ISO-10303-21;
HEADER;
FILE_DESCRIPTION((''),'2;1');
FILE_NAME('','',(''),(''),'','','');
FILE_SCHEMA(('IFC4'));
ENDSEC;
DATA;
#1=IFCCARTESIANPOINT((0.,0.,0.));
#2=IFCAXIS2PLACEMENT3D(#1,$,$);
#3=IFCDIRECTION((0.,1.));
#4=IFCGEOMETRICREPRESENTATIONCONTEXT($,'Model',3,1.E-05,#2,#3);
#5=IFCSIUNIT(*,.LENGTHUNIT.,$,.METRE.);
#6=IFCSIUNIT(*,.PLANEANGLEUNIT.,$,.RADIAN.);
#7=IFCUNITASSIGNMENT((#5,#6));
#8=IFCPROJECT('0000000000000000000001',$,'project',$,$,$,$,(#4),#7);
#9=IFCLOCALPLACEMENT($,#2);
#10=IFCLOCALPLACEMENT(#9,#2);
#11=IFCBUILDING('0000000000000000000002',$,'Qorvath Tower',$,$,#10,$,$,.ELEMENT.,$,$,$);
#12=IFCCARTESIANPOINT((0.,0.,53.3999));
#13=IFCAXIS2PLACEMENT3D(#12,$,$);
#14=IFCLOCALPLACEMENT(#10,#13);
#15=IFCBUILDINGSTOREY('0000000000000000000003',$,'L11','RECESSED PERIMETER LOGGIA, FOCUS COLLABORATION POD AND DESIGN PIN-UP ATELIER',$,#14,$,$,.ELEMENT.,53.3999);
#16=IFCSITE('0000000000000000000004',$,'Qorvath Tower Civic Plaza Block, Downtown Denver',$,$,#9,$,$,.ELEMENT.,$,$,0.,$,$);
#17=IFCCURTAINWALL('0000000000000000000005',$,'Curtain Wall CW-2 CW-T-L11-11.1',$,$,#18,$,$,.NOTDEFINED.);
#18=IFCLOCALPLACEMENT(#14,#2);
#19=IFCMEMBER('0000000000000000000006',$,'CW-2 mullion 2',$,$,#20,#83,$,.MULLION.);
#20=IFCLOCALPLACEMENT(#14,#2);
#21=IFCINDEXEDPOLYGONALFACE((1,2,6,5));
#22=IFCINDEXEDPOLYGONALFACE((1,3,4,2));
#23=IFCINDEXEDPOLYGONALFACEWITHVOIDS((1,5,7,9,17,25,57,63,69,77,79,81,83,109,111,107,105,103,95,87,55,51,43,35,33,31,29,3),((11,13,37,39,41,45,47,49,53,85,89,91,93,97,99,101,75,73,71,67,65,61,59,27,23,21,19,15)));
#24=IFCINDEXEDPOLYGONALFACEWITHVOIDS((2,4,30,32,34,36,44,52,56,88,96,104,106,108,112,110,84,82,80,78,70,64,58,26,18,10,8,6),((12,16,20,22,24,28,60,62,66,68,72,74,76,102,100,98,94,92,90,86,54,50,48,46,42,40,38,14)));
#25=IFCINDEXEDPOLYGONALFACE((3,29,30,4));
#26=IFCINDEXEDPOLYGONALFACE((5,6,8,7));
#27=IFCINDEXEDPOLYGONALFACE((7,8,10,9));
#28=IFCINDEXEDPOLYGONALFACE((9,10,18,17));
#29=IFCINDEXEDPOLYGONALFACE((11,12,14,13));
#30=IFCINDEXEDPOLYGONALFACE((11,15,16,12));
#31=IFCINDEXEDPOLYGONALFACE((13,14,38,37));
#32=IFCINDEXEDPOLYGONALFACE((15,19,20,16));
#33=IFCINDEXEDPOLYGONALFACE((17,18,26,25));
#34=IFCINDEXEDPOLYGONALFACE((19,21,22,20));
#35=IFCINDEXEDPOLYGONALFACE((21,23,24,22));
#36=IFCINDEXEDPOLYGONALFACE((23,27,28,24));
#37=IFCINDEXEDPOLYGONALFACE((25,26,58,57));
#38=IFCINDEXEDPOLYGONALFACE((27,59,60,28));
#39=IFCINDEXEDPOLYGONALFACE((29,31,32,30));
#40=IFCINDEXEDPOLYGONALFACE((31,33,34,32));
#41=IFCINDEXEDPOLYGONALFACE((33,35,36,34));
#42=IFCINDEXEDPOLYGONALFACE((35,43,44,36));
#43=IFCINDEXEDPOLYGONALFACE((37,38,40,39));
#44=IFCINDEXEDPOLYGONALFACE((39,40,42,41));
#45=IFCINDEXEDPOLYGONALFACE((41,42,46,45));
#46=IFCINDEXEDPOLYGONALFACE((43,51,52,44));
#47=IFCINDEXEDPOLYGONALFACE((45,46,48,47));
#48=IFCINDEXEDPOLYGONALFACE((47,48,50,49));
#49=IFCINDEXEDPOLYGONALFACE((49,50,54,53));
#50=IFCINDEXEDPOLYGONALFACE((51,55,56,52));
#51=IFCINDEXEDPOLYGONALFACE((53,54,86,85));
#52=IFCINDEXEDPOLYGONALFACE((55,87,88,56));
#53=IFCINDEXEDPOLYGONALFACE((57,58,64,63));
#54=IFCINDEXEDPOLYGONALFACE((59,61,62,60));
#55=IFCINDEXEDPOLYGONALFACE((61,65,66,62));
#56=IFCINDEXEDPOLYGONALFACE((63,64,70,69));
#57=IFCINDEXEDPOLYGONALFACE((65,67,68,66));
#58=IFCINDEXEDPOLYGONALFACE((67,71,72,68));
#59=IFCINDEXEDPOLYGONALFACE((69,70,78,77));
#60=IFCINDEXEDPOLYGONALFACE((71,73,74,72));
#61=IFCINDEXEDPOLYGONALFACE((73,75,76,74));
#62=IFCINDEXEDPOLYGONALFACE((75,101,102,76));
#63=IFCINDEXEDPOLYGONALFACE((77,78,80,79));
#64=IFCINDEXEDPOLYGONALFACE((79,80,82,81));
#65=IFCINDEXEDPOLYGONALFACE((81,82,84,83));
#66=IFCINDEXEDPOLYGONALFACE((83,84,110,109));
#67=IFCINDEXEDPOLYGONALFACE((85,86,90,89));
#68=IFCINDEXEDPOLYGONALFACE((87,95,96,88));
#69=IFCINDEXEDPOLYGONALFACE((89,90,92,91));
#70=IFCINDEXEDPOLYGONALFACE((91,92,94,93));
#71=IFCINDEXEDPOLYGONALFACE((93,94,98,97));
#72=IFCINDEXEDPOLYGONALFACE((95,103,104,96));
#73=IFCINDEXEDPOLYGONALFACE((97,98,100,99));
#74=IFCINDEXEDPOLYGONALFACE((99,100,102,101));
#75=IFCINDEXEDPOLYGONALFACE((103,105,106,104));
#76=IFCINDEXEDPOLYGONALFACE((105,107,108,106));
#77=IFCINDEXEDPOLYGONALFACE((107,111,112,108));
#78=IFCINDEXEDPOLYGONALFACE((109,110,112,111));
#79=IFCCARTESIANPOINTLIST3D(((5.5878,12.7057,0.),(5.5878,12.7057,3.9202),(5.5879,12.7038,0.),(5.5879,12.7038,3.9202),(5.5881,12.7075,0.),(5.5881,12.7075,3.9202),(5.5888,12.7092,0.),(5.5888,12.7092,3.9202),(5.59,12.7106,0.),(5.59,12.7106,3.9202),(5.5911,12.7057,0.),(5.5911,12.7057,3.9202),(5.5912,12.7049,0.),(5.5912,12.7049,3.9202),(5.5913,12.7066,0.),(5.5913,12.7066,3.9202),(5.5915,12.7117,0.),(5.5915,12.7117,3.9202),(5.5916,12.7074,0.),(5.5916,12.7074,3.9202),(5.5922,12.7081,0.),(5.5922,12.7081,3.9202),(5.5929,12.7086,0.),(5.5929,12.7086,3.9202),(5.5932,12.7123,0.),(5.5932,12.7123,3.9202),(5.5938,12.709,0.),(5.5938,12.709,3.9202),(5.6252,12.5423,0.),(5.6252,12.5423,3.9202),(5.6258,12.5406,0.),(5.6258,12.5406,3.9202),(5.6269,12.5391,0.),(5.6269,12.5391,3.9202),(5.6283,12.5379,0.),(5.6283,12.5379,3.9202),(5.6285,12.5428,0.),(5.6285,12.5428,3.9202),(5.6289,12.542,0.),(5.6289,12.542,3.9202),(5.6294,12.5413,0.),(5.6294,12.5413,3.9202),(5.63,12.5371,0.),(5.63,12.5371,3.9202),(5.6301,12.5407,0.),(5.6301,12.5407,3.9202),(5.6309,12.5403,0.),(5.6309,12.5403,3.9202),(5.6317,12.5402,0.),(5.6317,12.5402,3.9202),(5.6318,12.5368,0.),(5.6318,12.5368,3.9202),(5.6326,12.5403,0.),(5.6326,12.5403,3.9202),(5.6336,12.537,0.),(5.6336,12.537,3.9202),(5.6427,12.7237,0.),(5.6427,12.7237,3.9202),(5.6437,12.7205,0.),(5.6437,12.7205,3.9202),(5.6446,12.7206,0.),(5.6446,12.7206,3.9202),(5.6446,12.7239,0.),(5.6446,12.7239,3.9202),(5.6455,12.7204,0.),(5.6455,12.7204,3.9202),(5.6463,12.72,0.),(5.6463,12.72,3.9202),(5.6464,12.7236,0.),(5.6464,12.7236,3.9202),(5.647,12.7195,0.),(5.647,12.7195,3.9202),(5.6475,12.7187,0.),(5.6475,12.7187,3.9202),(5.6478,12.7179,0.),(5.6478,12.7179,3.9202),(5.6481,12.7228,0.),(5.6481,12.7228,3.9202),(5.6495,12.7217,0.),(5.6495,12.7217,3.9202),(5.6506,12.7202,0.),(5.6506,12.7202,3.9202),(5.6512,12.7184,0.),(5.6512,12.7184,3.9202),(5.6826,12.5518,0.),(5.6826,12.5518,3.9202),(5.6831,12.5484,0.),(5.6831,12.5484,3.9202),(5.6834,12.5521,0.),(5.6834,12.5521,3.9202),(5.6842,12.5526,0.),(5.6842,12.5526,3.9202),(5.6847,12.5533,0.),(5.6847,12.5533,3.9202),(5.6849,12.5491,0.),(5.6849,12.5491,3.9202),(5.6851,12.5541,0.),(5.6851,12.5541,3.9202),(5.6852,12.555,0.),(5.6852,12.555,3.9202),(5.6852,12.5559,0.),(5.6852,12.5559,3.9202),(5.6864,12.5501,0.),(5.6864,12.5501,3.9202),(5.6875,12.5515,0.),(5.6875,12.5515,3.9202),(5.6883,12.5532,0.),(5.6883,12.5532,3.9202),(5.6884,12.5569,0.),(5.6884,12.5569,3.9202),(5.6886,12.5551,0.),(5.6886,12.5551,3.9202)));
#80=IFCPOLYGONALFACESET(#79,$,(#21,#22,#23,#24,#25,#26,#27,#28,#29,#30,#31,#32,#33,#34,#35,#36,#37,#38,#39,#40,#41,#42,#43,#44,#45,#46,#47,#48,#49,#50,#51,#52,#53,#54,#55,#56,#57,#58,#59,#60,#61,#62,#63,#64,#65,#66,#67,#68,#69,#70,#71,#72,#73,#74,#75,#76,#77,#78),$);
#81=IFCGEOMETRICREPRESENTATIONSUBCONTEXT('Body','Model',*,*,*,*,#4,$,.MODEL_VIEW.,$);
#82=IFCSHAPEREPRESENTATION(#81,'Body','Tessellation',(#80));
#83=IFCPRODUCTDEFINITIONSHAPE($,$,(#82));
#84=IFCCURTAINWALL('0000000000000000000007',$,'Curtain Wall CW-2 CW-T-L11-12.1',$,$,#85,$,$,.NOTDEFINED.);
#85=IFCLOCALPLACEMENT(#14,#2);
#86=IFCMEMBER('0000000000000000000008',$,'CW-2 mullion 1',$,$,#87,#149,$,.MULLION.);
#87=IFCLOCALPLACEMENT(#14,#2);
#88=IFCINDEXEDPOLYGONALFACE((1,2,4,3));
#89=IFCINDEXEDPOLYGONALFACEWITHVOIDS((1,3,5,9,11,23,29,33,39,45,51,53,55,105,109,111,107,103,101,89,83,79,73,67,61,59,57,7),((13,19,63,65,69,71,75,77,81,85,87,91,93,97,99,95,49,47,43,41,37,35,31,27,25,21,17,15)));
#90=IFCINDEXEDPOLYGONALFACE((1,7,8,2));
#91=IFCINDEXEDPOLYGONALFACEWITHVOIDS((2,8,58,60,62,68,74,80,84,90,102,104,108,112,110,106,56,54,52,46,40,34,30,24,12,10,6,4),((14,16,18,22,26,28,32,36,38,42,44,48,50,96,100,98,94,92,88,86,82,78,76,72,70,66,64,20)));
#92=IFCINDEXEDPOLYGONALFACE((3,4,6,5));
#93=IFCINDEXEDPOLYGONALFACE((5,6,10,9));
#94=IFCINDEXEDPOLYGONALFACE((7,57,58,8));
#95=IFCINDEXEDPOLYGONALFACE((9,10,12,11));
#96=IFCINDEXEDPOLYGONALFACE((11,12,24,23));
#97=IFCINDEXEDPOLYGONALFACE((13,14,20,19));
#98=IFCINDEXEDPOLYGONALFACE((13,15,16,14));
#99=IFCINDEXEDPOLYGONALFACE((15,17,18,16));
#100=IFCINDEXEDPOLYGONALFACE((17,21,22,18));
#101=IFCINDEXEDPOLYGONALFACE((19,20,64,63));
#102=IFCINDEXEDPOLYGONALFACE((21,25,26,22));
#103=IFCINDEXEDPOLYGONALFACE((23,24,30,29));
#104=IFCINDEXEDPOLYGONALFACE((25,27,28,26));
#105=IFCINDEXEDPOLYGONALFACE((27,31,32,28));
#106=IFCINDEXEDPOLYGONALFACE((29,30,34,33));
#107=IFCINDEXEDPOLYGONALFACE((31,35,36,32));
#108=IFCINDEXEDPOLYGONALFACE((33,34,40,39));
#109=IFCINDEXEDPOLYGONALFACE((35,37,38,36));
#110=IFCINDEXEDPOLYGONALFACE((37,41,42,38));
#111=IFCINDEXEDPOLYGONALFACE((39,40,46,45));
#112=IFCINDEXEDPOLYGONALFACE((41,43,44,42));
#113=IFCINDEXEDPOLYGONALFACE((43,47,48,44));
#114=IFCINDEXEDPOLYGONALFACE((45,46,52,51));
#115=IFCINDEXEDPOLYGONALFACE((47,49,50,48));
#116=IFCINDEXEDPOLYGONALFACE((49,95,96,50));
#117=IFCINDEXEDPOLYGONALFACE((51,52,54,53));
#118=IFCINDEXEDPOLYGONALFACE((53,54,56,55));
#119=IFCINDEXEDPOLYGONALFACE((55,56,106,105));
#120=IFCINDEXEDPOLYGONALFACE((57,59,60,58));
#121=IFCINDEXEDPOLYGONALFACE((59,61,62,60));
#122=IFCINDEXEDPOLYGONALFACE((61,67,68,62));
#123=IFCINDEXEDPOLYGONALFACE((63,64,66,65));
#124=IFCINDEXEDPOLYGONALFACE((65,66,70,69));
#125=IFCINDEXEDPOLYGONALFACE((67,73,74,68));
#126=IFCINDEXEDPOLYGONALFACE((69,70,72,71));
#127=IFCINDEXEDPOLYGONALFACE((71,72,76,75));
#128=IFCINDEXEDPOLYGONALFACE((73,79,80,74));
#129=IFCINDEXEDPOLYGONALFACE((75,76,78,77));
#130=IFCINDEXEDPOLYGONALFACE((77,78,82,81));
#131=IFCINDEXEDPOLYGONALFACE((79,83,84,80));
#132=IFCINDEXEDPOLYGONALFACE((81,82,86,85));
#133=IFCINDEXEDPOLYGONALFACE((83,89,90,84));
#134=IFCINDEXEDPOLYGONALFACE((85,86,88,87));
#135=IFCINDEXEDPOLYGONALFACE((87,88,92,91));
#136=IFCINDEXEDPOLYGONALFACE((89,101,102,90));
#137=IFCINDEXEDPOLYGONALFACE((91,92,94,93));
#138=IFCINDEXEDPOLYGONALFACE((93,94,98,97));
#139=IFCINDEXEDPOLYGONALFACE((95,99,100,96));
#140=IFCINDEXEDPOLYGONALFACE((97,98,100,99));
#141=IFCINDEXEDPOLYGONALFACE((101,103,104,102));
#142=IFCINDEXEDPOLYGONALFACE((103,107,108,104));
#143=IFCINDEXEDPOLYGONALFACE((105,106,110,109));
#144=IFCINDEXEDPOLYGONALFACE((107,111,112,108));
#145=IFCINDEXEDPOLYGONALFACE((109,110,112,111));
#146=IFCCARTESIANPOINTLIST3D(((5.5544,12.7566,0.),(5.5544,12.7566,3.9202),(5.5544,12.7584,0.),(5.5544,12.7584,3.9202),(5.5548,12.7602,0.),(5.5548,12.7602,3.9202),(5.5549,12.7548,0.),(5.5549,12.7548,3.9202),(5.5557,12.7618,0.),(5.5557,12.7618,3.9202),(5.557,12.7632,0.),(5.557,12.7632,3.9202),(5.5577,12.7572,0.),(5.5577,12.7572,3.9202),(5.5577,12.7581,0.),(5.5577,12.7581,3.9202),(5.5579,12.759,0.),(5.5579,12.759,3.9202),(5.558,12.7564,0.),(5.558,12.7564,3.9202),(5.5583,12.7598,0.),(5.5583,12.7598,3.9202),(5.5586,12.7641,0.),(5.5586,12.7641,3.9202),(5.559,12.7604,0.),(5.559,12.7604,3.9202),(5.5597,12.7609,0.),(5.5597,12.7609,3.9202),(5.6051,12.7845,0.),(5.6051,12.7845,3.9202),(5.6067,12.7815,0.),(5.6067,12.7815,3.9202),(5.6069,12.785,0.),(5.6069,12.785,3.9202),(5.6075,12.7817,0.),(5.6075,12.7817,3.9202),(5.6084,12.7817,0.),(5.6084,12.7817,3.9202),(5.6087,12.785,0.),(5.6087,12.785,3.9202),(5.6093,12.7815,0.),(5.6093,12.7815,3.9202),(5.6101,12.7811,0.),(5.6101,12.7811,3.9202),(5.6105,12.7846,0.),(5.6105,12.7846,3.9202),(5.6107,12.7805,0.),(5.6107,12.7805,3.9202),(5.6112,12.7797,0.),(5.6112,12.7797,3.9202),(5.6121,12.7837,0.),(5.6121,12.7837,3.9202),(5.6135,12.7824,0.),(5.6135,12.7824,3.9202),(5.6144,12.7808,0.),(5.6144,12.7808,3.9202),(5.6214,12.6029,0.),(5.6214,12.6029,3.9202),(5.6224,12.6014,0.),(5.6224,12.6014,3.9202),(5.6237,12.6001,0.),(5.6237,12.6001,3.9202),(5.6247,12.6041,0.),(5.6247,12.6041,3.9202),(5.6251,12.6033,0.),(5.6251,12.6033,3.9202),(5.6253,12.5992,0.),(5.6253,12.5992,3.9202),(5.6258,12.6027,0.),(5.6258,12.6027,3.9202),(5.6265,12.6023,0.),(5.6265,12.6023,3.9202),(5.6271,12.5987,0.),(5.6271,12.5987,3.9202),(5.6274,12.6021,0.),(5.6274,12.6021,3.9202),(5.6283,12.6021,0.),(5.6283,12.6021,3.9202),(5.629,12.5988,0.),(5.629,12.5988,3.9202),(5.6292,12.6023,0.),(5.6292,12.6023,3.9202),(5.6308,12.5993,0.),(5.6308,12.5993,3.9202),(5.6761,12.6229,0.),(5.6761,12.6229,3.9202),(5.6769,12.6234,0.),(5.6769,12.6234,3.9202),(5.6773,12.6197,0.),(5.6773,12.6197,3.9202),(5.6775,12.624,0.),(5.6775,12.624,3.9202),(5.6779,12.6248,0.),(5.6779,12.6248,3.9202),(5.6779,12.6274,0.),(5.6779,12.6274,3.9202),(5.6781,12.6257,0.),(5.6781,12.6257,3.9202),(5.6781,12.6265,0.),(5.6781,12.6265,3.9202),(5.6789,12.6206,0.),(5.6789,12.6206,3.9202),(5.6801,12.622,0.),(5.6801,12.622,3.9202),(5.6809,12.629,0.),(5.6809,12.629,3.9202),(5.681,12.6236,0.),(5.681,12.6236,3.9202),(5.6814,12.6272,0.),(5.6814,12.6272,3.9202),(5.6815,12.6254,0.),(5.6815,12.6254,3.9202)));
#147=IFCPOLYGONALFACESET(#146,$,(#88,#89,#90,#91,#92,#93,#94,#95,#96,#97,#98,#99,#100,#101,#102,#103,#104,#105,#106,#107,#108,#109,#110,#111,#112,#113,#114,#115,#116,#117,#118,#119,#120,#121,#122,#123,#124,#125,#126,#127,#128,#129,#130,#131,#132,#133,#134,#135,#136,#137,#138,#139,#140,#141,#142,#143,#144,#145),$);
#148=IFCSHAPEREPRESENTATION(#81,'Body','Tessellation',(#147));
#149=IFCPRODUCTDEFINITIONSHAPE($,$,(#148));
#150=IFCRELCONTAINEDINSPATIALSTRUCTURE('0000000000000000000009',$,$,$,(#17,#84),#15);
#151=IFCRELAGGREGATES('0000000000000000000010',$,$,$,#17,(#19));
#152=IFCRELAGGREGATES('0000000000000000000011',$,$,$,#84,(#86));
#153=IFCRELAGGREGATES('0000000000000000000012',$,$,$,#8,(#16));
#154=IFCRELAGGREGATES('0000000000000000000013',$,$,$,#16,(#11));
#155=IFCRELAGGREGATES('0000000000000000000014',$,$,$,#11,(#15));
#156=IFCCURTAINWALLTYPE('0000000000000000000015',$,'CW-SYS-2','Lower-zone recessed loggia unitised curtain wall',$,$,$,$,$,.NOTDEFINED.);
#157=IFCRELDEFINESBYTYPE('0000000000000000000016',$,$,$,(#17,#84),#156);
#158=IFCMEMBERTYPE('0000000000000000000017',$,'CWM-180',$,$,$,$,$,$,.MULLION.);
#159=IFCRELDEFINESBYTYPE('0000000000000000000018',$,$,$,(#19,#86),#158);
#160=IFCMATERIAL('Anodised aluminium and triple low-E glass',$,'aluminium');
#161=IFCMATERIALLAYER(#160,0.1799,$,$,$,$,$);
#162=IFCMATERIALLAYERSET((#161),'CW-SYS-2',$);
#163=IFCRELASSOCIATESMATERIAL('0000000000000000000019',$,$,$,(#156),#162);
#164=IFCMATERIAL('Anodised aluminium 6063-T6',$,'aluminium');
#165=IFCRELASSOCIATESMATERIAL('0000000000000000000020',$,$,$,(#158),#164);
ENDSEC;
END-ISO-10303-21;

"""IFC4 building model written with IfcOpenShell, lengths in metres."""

from ifc_helpers import new_model, si_unit, direction, frame, origin, origin_2d, place, context, subcontext, project, spatial, hollow_rectangle, extrude, material, layer, layer_set, material_profile, profile_set, type_object, element, aggregate, save


model = new_model("IFC4")

# Units and contexts
model_context = context("Model", 3, precision=1e-05, world=origin(), true_north=direction((0.0, 1.0)))
body_context = subcontext(model_context, "Body", "Model", "MODEL_VIEW")
ifc_project = project(units=[si_unit("LENGTHUNIT", "METRE"), si_unit("PLANEANGLEUNIT", "RADIAN")], contexts=[model_context])

# Site, building, storey
site_placement = place(None, origin())
site = spatial("IfcSite", under=ifc_project, at=site_placement, Name="Qorvath Tower Civic Plaza Block, Downtown Denver", CompositionType="ELEMENT", RefElevation=0.0)
building_placement = place(site_placement, origin())
building = spatial("IfcBuilding", under=site, at=building_placement, Name="Qorvath Tower", CompositionType="ELEMENT")
storey_placement = place(building_placement, frame((0.0, 0.0, 53.3999)))
storey = spatial("IfcBuildingStorey", under=building, at=storey_placement, Name="L11", Description="RECESSED PERIMETER LOGGIA, FOCUS COLLABORATION POD AND DESIGN PIN-UP ATELIER", CompositionType="ELEMENT", Elevation=53.3999)

# Curtain walls, members
ifc_material_1 = material(Name="Anodised aluminium and triple low-E glass", Category="aluminium")
ifc_layer_1 = layer(ifc_material_1, 0.1799)
ifc_layer_set_1 = layer_set([ifc_layer_1], Name="CW-SYS-2")
curtain_wall_type = type_object("IfcCurtainWallType", Name="CW-SYS-2", Description="Lower-zone recessed loggia unitised curtain wall", PredefinedType="NOTDEFINED", material=ifc_layer_set_1)
ifc_material_2 = material(Name="Anodised aluminium 6063-T6", Category="aluminium")
ifc_material_profile_1 = material_profile(ifc_material_2, hollow_rectangle(XDim=0.0649, YDim=0.1799, WallThickness=0.0034, InnerFilletRadius=0.0034, OuterFilletRadius=0.0071, at=origin_2d()), Name="CWM 180x65")
ifc_profile_set_1 = profile_set([ifc_material_profile_1], Name="Anodised aluminium 6063-T6")
member_type_1 = type_object("IfcMemberType", Name="CWM-180", PredefinedType="MULLION", material=ifc_profile_set_1)
curtain_wall_1_placement = place(storey_placement, origin())
curtain_wall_1 = element("IfcCurtainWall", 1, at=curtain_wall_1_placement, inside=storey, type_object=curtain_wall_type, Name="Curtain Wall CW-2 CW-T-L11-11.1", PredefinedType="NOTDEFINED")
member_1_placement = place(storey_placement, frame((5.6382, 12.6304, 0.0), z_axis=(0.0, 0.0, 1.0), x_axis=(-0.974466, -0.224535, 0.0)))
member_1 = element("IfcMember", 2, at=member_1_placement, type_object=member_type_1, Name="CW-2 mullion 2", PredefinedType="MULLION", context=body_context, shape_type="SweptSolid", body=[
    extrude(hollow_rectangle(XDim=0.0649, YDim=0.1799, WallThickness=0.0034, InnerFilletRadius=0.0034, OuterFilletRadius=0.0071, at=origin_2d()), origin(), (0.0, 0.0, 1.0), 3.9202),
])
curtain_wall_2_placement = place(storey_placement, origin())
curtain_wall_2 = element("IfcCurtainWall", 3, at=curtain_wall_2_placement, inside=storey, type_object=curtain_wall_type, Name="Curtain Wall CW-2 CW-T-L11-12.1", PredefinedType="NOTDEFINED")
member_2_placement = place(storey_placement, frame((5.6179, 12.6919, 0.0), z_axis=(0.0, 0.0, 1.0), x_axis=(-0.916001, -0.401177, 0.0)))
member_2 = element("IfcMember", 4, at=member_2_placement, type_object=member_type_1, Name="CW-2 mullion 1", PredefinedType="MULLION", context=body_context, shape_type="SweptSolid", body=[
    extrude(hollow_rectangle(XDim=0.0649, YDim=0.1799, WallThickness=0.0034, InnerFilletRadius=0.0034, OuterFilletRadius=0.0071, at=origin_2d()), origin(), (0.0, 0.0, 1.0), 3.9202),
])

aggregate(curtain_wall_1, [member_1])
aggregate(curtain_wall_2, [member_2])

save(model, "model.ifc")
